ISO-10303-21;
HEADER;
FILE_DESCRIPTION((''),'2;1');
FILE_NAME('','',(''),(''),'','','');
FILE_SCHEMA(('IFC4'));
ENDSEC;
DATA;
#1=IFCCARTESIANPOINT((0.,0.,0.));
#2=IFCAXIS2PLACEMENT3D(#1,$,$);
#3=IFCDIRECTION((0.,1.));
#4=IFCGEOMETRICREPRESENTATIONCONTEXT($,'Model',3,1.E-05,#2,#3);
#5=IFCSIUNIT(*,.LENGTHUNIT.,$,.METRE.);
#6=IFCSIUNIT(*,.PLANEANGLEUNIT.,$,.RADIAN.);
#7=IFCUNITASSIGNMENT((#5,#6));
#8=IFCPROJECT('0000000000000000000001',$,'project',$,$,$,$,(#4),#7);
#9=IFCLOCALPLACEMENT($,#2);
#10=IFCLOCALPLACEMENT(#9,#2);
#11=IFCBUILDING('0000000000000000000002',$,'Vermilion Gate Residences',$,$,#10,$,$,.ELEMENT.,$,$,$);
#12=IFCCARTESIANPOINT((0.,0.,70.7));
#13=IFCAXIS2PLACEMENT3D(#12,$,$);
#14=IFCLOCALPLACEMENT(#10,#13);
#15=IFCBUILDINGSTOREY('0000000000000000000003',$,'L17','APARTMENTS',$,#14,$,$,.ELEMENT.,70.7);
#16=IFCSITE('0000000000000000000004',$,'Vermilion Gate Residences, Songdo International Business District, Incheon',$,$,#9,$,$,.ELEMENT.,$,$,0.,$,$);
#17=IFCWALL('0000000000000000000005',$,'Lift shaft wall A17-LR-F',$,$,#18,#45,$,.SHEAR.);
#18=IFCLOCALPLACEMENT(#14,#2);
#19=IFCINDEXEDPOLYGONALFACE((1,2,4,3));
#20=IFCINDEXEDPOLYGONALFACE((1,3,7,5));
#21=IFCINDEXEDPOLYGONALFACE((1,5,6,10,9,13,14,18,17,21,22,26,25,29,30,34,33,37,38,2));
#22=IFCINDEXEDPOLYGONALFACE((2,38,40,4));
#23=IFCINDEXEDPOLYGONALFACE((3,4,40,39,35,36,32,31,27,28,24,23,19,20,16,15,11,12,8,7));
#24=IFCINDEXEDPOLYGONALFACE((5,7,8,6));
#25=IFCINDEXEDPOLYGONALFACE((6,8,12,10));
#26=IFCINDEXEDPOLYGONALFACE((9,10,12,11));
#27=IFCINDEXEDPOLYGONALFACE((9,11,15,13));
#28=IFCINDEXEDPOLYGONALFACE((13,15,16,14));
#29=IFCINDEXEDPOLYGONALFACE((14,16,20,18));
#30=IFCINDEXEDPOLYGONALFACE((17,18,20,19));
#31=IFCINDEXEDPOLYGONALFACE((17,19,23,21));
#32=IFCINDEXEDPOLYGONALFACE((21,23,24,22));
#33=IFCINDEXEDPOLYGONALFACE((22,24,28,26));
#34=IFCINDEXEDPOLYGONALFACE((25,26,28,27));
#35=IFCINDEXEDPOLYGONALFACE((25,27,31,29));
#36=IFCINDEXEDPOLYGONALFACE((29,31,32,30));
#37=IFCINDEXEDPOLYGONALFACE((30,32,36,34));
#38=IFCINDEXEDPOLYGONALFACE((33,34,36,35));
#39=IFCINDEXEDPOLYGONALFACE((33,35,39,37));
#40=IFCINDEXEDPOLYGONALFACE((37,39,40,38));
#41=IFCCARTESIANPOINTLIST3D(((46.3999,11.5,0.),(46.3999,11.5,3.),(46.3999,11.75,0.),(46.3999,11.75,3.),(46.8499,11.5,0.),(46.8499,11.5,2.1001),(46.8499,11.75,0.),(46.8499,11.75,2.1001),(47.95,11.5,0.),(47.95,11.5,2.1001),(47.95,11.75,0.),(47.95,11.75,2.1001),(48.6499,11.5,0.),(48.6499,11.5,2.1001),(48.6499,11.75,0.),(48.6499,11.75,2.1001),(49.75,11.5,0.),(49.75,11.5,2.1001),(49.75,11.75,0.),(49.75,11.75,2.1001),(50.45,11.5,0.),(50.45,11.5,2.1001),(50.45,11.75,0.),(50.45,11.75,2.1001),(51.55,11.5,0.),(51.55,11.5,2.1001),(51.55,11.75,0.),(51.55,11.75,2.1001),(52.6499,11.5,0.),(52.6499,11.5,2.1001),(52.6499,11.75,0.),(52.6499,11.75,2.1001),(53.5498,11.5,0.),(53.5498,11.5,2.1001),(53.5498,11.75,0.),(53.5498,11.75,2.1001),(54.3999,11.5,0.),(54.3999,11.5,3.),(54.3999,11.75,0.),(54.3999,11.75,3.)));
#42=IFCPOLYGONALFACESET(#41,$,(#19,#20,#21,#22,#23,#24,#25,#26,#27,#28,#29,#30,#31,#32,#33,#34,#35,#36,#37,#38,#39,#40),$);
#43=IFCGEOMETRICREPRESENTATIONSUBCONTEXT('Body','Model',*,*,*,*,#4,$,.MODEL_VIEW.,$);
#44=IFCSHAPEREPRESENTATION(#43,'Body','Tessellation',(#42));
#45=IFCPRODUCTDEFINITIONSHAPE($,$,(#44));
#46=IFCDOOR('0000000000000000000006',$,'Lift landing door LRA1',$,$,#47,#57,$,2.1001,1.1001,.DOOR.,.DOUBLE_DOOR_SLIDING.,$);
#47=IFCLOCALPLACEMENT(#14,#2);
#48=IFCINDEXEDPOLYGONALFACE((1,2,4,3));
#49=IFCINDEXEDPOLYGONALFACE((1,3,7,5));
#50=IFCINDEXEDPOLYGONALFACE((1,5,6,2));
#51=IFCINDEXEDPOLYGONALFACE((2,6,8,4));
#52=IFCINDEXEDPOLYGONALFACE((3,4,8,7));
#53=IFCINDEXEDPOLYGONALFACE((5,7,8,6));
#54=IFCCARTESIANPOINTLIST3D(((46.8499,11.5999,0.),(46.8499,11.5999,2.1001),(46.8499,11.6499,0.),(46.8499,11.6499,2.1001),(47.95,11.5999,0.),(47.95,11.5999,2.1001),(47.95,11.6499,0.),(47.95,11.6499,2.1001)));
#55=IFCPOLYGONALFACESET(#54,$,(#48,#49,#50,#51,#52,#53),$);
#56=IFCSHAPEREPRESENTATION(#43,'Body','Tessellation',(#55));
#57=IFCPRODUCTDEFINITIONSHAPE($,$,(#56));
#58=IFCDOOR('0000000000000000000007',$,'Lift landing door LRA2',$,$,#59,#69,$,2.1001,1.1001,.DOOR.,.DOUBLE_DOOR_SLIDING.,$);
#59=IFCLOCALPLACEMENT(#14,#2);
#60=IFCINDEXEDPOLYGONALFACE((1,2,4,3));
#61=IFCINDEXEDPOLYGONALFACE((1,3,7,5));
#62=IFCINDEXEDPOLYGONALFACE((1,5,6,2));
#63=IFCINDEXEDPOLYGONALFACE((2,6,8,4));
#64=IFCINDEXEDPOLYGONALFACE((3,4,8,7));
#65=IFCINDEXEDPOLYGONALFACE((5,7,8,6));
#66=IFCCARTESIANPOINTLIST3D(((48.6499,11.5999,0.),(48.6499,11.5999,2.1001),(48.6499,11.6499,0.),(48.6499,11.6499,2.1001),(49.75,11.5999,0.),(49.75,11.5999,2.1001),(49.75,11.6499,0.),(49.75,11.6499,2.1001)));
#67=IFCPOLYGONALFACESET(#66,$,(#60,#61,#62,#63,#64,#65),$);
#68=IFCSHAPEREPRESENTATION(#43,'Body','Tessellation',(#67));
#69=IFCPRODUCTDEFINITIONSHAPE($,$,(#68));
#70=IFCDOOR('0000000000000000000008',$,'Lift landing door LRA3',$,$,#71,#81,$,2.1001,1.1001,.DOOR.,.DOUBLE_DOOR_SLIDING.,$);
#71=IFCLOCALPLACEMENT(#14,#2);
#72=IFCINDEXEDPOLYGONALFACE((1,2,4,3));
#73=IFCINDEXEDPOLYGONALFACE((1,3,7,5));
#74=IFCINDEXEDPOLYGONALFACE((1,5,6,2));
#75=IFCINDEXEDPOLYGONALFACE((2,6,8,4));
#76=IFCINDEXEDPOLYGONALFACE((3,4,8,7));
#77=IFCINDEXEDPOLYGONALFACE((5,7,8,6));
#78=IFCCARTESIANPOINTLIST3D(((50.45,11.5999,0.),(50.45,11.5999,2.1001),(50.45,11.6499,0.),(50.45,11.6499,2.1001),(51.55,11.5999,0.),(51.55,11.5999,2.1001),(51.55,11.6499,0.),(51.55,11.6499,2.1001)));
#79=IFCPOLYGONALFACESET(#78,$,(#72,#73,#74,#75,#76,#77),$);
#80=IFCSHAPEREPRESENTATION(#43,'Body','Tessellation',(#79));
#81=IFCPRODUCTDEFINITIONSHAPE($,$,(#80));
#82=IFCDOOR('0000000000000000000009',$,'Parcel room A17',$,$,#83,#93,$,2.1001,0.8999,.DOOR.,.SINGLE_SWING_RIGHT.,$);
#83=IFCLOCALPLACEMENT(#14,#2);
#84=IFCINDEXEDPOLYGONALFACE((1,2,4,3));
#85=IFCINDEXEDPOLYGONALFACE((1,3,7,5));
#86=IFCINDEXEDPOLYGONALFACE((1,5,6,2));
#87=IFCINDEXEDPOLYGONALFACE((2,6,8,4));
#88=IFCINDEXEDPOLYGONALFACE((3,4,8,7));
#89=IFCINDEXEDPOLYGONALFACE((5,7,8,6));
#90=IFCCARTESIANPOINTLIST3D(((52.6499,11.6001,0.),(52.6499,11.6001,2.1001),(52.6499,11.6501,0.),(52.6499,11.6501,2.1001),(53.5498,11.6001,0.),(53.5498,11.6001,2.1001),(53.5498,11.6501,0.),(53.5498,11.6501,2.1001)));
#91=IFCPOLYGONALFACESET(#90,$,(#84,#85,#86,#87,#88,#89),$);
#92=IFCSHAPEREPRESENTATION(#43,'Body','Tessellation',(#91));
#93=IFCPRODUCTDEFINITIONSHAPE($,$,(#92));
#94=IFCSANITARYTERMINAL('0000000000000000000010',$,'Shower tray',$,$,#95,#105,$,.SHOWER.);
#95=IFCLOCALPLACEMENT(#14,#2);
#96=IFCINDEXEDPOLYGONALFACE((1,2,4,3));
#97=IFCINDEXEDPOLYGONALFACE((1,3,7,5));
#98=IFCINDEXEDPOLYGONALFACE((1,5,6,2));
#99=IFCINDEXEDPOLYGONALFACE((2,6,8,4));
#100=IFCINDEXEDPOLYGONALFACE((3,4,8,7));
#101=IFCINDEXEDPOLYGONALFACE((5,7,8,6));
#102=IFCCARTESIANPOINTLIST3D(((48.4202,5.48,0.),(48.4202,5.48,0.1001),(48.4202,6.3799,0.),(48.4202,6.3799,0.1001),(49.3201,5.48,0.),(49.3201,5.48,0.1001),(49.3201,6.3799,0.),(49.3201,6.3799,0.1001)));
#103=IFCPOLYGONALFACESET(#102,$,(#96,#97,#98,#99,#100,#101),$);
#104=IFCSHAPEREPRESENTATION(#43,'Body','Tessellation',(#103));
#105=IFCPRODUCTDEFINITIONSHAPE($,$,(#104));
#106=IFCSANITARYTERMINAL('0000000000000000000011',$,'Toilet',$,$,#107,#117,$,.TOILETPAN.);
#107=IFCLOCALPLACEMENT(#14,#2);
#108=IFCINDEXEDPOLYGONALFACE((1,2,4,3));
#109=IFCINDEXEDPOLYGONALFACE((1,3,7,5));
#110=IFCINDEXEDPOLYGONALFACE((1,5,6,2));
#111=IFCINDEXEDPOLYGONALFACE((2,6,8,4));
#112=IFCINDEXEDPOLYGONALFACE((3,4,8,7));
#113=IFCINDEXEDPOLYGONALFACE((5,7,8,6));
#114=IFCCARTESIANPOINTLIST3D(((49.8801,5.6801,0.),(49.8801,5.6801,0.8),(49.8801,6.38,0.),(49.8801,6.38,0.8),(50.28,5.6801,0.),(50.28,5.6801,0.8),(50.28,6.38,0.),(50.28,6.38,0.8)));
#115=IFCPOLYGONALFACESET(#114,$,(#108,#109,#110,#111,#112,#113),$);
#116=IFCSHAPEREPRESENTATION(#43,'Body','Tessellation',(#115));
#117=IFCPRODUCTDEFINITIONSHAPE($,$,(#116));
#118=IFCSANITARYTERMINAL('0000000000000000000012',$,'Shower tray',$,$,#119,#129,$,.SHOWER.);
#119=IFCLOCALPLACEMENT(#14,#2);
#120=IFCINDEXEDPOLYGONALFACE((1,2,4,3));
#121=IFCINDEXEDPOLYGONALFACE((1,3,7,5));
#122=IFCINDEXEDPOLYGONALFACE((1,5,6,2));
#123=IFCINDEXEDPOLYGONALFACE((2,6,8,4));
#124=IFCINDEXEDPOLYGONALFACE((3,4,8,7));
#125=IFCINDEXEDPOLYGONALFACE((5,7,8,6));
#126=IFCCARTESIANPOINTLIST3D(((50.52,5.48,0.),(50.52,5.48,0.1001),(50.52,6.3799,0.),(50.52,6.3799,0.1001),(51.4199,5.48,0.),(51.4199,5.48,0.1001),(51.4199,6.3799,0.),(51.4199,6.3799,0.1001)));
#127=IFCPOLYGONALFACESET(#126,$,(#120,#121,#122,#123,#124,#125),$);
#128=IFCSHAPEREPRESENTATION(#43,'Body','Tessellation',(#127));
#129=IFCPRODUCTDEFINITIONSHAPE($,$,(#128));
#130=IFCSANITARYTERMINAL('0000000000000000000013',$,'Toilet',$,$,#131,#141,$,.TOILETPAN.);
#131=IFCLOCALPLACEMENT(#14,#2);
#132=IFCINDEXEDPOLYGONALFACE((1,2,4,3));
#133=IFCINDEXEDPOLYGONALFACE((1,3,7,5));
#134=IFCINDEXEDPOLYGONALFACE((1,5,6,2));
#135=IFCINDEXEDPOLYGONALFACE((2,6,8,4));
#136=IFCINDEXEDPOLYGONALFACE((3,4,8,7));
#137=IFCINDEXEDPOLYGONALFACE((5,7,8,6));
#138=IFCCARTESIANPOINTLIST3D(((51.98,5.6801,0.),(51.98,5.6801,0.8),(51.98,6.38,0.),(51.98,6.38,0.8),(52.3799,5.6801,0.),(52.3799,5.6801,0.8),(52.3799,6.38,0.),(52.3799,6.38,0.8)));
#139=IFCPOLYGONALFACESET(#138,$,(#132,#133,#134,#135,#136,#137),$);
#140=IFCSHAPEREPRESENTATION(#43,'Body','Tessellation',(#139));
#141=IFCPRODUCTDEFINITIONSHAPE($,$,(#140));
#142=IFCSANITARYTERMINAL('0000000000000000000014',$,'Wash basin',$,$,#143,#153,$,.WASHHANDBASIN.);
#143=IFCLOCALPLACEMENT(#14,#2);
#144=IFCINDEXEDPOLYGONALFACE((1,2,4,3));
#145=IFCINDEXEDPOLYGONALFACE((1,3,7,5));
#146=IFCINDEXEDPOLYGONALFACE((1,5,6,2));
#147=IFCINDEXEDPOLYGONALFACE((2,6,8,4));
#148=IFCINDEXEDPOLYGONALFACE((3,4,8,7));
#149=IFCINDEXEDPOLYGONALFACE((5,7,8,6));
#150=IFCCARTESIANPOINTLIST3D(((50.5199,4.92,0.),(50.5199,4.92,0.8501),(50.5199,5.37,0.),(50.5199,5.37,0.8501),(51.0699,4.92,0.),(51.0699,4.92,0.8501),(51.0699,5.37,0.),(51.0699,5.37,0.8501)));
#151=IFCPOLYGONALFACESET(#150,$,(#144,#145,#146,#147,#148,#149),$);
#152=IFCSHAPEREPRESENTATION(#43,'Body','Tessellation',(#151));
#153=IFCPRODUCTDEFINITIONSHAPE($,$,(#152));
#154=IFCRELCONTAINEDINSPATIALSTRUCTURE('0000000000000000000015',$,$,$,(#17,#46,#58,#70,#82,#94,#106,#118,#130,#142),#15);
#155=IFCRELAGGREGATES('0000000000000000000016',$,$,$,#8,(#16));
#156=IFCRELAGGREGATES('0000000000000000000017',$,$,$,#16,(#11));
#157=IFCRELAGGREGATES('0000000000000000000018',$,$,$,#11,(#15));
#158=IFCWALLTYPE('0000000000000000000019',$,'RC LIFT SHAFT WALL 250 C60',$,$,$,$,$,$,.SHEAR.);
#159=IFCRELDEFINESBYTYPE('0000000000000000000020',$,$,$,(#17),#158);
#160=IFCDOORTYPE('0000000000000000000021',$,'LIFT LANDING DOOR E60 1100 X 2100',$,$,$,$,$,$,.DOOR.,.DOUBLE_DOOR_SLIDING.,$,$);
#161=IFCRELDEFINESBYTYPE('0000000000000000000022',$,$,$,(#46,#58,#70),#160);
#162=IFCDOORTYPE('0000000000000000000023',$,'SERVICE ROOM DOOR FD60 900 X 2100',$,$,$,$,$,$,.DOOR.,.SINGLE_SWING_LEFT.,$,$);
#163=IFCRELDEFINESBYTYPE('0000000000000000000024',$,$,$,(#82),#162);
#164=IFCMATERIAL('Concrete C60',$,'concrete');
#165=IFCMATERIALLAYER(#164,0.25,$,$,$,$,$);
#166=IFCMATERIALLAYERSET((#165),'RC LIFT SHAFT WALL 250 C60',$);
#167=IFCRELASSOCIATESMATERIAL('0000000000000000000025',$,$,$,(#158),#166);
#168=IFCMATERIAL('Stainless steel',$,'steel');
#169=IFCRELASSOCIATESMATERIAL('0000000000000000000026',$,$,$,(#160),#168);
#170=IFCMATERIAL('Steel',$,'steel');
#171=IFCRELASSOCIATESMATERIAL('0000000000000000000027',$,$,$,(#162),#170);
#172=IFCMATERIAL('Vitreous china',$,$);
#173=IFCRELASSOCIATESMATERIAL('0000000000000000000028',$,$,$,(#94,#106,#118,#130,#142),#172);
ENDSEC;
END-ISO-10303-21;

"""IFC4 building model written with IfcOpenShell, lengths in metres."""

from ifc_helpers import new_model, si_unit, direction, frame, frame_2d, origin, origin_2d, place, context, subcontext, project, spatial, rectangle, extrude, material, layer, layer_set, type_object, element, fill, save


model = new_model("IFC4")

# Units and contexts
model_context = context("Model", 3, precision=1e-05, world=origin(), true_north=direction((0.0, 1.0)))
body_context = subcontext(model_context, "Body", "Model", "MODEL_VIEW")
ifc_project = project(units=[si_unit("LENGTHUNIT", "METRE"), si_unit("PLANEANGLEUNIT", "RADIAN")], contexts=[model_context])

# Site, building, storey
site_placement = place(None, origin())
site = spatial("IfcSite", under=ifc_project, at=site_placement, Name="Vermilion Gate Residences, Songdo International Business District, Incheon", CompositionType="ELEMENT", RefElevation=0.0)
building_placement = place(site_placement, origin())
building = spatial("IfcBuilding", under=site, at=building_placement, Name="Vermilion Gate Residences", CompositionType="ELEMENT")
storey_placement = place(building_placement, frame((0.0, 0.0, 70.7)))
storey = spatial("IfcBuildingStorey", under=building, at=storey_placement, Name="L17", Description="APARTMENTS", CompositionType="ELEMENT", Elevation=70.7)

# Wall, openings, doors
ifc_material_1 = material(Name="Concrete C60", Category="concrete")
ifc_layer_1 = layer(ifc_material_1, 0.25)
ifc_layer_set_1 = layer_set([ifc_layer_1], Name="RC LIFT SHAFT WALL 250 C60")
wall_type_1 = type_object("IfcWallType", Name="RC LIFT SHAFT WALL 250 C60", PredefinedType="SHEAR", material=ifc_layer_set_1)
wall_1_placement = place(storey_placement, frame((46.3999, 11.625, 0.0), z_axis=(0.0, 0.0, 1.0), x_axis=(1.0, 0.0, 0.0)))
wall_1 = element("IfcWall", 1, at=wall_1_placement, inside=storey, type_object=wall_type_1, Name="Lift shaft wall A17-LR-F", PredefinedType="SHEAR", context=body_context, shape_type="SweptSolid", body=[
    extrude(rectangle(XDim=8.0, YDim=0.25, at=frame_2d((4.0, 0.0))), origin(), (0.0, 0.0, 1.0), 3.0),
])
opening_1_placement = place(wall_1_placement, frame((0.45, 0.0, 0.0)))
opening_1 = element("IfcOpeningElement", 2, at=opening_1_placement, cuts=wall_1, PredefinedType="OPENING", context=body_context, shape_type="SweptSolid", body=[
    extrude(rectangle(XDim=1.1001, YDim=2.1001, at=frame_2d((0.55, 1.05))), frame((0.0, 0.135, 0.0), z_axis=(0.0, -1.0, 0.0), x_axis=(1.0, 0.0, 0.0)), (0.0, 0.0, 1.0), 0.27),
])
opening_2_placement = place(wall_1_placement, frame((2.25, 0.0, 0.0)))
opening_2 = element("IfcOpeningElement", 3, at=opening_2_placement, cuts=wall_1, PredefinedType="OPENING", context=body_context, shape_type="SweptSolid", body=[
    extrude(rectangle(XDim=1.1001, YDim=2.1001, at=frame_2d((0.55, 1.05))), frame((0.0, 0.135, 0.0), z_axis=(0.0, -1.0, 0.0), x_axis=(1.0, 0.0, 0.0)), (0.0, 0.0, 1.0), 0.27),
])
opening_3_placement = place(wall_1_placement, frame((4.05, 0.0, 0.0)))
opening_3 = element("IfcOpeningElement", 4, at=opening_3_placement, cuts=wall_1, PredefinedType="OPENING", context=body_context, shape_type="SweptSolid", body=[
    extrude(rectangle(XDim=1.1001, YDim=2.1001, at=frame_2d((0.55, 1.05))), frame((0.0, 0.135, 0.0), z_axis=(0.0, -1.0, 0.0), x_axis=(1.0, 0.0, 0.0)), (0.0, 0.0, 1.0), 0.27),
])
opening_4_placement = place(wall_1_placement, frame((6.25, 0.0, 0.0)))
opening_4 = element("IfcOpeningElement", 5, at=opening_4_placement, cuts=wall_1, PredefinedType="OPENING", context=body_context, shape_type="SweptSolid", body=[
    extrude(rectangle(XDim=0.8999, YDim=2.1001, at=frame_2d((0.45, 1.05))), frame((0.0, 0.135, 0.0), z_axis=(0.0, -1.0, 0.0), x_axis=(1.0, 0.0, 0.0)), (0.0, 0.0, 1.0), 0.27),
])
ifc_material_2 = material(Name="Stainless steel", Category="steel")
door_type_1 = type_object("IfcDoorType", Name="LIFT LANDING DOOR E60 1100 X 2100", OperationType="DOUBLE_DOOR_SLIDING", PredefinedType="DOOR", material=ifc_material_2)
door_1_placement = place(opening_1_placement, origin())
door_1 = element("IfcDoor", 6, at=door_1_placement, inside=storey, type_object=door_type_1, Name="Lift landing door LRA1", OperationType="DOUBLE_DOOR_SLIDING", OverallHeight=2.1001, OverallWidth=1.1001, PredefinedType="DOOR", context=body_context, shape_type="SweptSolid", body=[
    extrude(rectangle(XDim=1.1001, YDim=2.1001, at=frame_2d((0.55, 1.05))), frame((0.0, 0.0249, 0.0), z_axis=(0.0, -1.0, 0.0), x_axis=(1.0, 0.0, 0.0)), (0.0, 0.0, 1.0), 0.05),
])
fill(opening_1, door_1)
door_2_placement = place(opening_2_placement, origin())
door_2 = element("IfcDoor", 7, at=door_2_placement, inside=storey, type_object=door_type_1, Name="Lift landing door LRA2", OperationType="DOUBLE_DOOR_SLIDING", OverallHeight=2.1001, OverallWidth=1.1001, PredefinedType="DOOR", context=body_context, shape_type="SweptSolid", body=[
    extrude(rectangle(XDim=1.1001, YDim=2.1001, at=frame_2d((0.55, 1.05))), frame((0.0, 0.0249, 0.0), z_axis=(0.0, -1.0, 0.0), x_axis=(1.0, 0.0, 0.0)), (0.0, 0.0, 1.0), 0.05),
])
fill(opening_2, door_2)
door_3_placement = place(opening_3_placement, origin())
door_3 = element("IfcDoor", 8, at=door_3_placement, inside=storey, type_object=door_type_1, Name="Lift landing door LRA3", OperationType="DOUBLE_DOOR_SLIDING", OverallHeight=2.1001, OverallWidth=1.1001, PredefinedType="DOOR", context=body_context, shape_type="SweptSolid", body=[
    extrude(rectangle(XDim=1.1001, YDim=2.1001, at=frame_2d((0.55, 1.05))), frame((0.0, 0.0249, 0.0), z_axis=(0.0, -1.0, 0.0), x_axis=(1.0, 0.0, 0.0)), (0.0, 0.0, 1.0), 0.05),
])
fill(opening_3, door_3)
ifc_material_3 = material(Name="Steel", Category="steel")
door_type_2 = type_object("IfcDoorType", Name="SERVICE ROOM DOOR FD60 900 X 2100", OperationType="SINGLE_SWING_LEFT", PredefinedType="DOOR", material=ifc_material_3)
door_4_placement = place(opening_4_placement, frame((0.8999, 0.0, 0.0), z_axis=(0.0, 0.0, 1.0), x_axis=(-1.0, 0.0, 0.0)))
door_4 = element("IfcDoor", 9, at=door_4_placement, inside=storey, type_object=door_type_2, Name="Parcel room A17", OperationType="SINGLE_SWING_RIGHT", OverallHeight=2.1001, OverallWidth=0.8999, PredefinedType="DOOR", context=body_context, shape_type="SweptSolid", body=[
    extrude(rectangle(XDim=0.8999, YDim=2.1001, at=frame_2d((0.45, 1.05))), frame((0.0, 0.0249, 0.0), z_axis=(0.0, -1.0, 0.0), x_axis=(1.0, 0.0, 0.0)), (0.0, 0.0, 1.0), 0.05),
])
fill(opening_4, door_4)

# Sanitary terminals
ifc_material_4 = material(Name="Vitreous china")
sanitary_terminal_1_placement = place(storey_placement, frame((48.8701, 5.9299, 0.0), z_axis=(0.0, 0.0, 1.0), x_axis=(1.0, 0.0, 0.0)))
element("IfcSanitaryTerminal", 10, at=sanitary_terminal_1_placement, inside=storey, material=ifc_material_4, Name="Shower tray", PredefinedType="SHOWER", context=body_context, shape_type="SweptSolid", body=[
    extrude(rectangle(XDim=0.8999, YDim=0.8999, at=origin_2d()), origin(), (0.0, 0.0, 1.0), 0.1001),
])
sanitary_terminal_2_placement = place(storey_placement, frame((50.0801, 6.03, 0.0), z_axis=(0.0, 0.0, 1.0), x_axis=(1.0, 0.0, 0.0)))
element("IfcSanitaryTerminal", 11, at=sanitary_terminal_2_placement, inside=storey, material=ifc_material_4, Name="Toilet", PredefinedType="TOILETPAN", context=body_context, shape_type="SweptSolid", body=[
    extrude(rectangle(XDim=0.3999, YDim=0.7, at=origin_2d()), origin(), (0.0, 0.0, 1.0), 0.8),
])
sanitary_terminal_3_placement = place(storey_placement, frame((50.97, 5.9299, 0.0), z_axis=(0.0, 0.0, 1.0), x_axis=(1.0, 0.0, 0.0)))
element("IfcSanitaryTerminal", 12, at=sanitary_terminal_3_placement, inside=storey, material=ifc_material_4, Name="Shower tray", PredefinedType="SHOWER", context=body_context, shape_type="SweptSolid", body=[
    extrude(rectangle(XDim=0.8999, YDim=0.8999, at=origin_2d()), origin(), (0.0, 0.0, 1.0), 0.1001),
])
sanitary_terminal_4_placement = place(storey_placement, frame((52.1799, 6.03, 0.0), z_axis=(0.0, 0.0, 1.0), x_axis=(1.0, 0.0, 0.0)))
element("IfcSanitaryTerminal", 13, at=sanitary_terminal_4_placement, inside=storey, material=ifc_material_4, Name="Toilet", PredefinedType="TOILETPAN", context=body_context, shape_type="SweptSolid", body=[
    extrude(rectangle(XDim=0.3999, YDim=0.7, at=origin_2d()), origin(), (0.0, 0.0, 1.0), 0.8),
])
sanitary_terminal_5_placement = place(storey_placement, frame((50.7949, 5.145, 0.0), z_axis=(0.0, 0.0, 1.0), x_axis=(1.0, 0.0, 0.0)))
element("IfcSanitaryTerminal", 14, at=sanitary_terminal_5_placement, inside=storey, material=ifc_material_4, Name="Wash basin", PredefinedType="WASHHANDBASIN", context=body_context, shape_type="SweptSolid", body=[
    extrude(rectangle(XDim=0.55, YDim=0.45, at=origin_2d()), origin(), (0.0, 0.0, 1.0), 0.8501),
])

save(model, "model.ifc")
